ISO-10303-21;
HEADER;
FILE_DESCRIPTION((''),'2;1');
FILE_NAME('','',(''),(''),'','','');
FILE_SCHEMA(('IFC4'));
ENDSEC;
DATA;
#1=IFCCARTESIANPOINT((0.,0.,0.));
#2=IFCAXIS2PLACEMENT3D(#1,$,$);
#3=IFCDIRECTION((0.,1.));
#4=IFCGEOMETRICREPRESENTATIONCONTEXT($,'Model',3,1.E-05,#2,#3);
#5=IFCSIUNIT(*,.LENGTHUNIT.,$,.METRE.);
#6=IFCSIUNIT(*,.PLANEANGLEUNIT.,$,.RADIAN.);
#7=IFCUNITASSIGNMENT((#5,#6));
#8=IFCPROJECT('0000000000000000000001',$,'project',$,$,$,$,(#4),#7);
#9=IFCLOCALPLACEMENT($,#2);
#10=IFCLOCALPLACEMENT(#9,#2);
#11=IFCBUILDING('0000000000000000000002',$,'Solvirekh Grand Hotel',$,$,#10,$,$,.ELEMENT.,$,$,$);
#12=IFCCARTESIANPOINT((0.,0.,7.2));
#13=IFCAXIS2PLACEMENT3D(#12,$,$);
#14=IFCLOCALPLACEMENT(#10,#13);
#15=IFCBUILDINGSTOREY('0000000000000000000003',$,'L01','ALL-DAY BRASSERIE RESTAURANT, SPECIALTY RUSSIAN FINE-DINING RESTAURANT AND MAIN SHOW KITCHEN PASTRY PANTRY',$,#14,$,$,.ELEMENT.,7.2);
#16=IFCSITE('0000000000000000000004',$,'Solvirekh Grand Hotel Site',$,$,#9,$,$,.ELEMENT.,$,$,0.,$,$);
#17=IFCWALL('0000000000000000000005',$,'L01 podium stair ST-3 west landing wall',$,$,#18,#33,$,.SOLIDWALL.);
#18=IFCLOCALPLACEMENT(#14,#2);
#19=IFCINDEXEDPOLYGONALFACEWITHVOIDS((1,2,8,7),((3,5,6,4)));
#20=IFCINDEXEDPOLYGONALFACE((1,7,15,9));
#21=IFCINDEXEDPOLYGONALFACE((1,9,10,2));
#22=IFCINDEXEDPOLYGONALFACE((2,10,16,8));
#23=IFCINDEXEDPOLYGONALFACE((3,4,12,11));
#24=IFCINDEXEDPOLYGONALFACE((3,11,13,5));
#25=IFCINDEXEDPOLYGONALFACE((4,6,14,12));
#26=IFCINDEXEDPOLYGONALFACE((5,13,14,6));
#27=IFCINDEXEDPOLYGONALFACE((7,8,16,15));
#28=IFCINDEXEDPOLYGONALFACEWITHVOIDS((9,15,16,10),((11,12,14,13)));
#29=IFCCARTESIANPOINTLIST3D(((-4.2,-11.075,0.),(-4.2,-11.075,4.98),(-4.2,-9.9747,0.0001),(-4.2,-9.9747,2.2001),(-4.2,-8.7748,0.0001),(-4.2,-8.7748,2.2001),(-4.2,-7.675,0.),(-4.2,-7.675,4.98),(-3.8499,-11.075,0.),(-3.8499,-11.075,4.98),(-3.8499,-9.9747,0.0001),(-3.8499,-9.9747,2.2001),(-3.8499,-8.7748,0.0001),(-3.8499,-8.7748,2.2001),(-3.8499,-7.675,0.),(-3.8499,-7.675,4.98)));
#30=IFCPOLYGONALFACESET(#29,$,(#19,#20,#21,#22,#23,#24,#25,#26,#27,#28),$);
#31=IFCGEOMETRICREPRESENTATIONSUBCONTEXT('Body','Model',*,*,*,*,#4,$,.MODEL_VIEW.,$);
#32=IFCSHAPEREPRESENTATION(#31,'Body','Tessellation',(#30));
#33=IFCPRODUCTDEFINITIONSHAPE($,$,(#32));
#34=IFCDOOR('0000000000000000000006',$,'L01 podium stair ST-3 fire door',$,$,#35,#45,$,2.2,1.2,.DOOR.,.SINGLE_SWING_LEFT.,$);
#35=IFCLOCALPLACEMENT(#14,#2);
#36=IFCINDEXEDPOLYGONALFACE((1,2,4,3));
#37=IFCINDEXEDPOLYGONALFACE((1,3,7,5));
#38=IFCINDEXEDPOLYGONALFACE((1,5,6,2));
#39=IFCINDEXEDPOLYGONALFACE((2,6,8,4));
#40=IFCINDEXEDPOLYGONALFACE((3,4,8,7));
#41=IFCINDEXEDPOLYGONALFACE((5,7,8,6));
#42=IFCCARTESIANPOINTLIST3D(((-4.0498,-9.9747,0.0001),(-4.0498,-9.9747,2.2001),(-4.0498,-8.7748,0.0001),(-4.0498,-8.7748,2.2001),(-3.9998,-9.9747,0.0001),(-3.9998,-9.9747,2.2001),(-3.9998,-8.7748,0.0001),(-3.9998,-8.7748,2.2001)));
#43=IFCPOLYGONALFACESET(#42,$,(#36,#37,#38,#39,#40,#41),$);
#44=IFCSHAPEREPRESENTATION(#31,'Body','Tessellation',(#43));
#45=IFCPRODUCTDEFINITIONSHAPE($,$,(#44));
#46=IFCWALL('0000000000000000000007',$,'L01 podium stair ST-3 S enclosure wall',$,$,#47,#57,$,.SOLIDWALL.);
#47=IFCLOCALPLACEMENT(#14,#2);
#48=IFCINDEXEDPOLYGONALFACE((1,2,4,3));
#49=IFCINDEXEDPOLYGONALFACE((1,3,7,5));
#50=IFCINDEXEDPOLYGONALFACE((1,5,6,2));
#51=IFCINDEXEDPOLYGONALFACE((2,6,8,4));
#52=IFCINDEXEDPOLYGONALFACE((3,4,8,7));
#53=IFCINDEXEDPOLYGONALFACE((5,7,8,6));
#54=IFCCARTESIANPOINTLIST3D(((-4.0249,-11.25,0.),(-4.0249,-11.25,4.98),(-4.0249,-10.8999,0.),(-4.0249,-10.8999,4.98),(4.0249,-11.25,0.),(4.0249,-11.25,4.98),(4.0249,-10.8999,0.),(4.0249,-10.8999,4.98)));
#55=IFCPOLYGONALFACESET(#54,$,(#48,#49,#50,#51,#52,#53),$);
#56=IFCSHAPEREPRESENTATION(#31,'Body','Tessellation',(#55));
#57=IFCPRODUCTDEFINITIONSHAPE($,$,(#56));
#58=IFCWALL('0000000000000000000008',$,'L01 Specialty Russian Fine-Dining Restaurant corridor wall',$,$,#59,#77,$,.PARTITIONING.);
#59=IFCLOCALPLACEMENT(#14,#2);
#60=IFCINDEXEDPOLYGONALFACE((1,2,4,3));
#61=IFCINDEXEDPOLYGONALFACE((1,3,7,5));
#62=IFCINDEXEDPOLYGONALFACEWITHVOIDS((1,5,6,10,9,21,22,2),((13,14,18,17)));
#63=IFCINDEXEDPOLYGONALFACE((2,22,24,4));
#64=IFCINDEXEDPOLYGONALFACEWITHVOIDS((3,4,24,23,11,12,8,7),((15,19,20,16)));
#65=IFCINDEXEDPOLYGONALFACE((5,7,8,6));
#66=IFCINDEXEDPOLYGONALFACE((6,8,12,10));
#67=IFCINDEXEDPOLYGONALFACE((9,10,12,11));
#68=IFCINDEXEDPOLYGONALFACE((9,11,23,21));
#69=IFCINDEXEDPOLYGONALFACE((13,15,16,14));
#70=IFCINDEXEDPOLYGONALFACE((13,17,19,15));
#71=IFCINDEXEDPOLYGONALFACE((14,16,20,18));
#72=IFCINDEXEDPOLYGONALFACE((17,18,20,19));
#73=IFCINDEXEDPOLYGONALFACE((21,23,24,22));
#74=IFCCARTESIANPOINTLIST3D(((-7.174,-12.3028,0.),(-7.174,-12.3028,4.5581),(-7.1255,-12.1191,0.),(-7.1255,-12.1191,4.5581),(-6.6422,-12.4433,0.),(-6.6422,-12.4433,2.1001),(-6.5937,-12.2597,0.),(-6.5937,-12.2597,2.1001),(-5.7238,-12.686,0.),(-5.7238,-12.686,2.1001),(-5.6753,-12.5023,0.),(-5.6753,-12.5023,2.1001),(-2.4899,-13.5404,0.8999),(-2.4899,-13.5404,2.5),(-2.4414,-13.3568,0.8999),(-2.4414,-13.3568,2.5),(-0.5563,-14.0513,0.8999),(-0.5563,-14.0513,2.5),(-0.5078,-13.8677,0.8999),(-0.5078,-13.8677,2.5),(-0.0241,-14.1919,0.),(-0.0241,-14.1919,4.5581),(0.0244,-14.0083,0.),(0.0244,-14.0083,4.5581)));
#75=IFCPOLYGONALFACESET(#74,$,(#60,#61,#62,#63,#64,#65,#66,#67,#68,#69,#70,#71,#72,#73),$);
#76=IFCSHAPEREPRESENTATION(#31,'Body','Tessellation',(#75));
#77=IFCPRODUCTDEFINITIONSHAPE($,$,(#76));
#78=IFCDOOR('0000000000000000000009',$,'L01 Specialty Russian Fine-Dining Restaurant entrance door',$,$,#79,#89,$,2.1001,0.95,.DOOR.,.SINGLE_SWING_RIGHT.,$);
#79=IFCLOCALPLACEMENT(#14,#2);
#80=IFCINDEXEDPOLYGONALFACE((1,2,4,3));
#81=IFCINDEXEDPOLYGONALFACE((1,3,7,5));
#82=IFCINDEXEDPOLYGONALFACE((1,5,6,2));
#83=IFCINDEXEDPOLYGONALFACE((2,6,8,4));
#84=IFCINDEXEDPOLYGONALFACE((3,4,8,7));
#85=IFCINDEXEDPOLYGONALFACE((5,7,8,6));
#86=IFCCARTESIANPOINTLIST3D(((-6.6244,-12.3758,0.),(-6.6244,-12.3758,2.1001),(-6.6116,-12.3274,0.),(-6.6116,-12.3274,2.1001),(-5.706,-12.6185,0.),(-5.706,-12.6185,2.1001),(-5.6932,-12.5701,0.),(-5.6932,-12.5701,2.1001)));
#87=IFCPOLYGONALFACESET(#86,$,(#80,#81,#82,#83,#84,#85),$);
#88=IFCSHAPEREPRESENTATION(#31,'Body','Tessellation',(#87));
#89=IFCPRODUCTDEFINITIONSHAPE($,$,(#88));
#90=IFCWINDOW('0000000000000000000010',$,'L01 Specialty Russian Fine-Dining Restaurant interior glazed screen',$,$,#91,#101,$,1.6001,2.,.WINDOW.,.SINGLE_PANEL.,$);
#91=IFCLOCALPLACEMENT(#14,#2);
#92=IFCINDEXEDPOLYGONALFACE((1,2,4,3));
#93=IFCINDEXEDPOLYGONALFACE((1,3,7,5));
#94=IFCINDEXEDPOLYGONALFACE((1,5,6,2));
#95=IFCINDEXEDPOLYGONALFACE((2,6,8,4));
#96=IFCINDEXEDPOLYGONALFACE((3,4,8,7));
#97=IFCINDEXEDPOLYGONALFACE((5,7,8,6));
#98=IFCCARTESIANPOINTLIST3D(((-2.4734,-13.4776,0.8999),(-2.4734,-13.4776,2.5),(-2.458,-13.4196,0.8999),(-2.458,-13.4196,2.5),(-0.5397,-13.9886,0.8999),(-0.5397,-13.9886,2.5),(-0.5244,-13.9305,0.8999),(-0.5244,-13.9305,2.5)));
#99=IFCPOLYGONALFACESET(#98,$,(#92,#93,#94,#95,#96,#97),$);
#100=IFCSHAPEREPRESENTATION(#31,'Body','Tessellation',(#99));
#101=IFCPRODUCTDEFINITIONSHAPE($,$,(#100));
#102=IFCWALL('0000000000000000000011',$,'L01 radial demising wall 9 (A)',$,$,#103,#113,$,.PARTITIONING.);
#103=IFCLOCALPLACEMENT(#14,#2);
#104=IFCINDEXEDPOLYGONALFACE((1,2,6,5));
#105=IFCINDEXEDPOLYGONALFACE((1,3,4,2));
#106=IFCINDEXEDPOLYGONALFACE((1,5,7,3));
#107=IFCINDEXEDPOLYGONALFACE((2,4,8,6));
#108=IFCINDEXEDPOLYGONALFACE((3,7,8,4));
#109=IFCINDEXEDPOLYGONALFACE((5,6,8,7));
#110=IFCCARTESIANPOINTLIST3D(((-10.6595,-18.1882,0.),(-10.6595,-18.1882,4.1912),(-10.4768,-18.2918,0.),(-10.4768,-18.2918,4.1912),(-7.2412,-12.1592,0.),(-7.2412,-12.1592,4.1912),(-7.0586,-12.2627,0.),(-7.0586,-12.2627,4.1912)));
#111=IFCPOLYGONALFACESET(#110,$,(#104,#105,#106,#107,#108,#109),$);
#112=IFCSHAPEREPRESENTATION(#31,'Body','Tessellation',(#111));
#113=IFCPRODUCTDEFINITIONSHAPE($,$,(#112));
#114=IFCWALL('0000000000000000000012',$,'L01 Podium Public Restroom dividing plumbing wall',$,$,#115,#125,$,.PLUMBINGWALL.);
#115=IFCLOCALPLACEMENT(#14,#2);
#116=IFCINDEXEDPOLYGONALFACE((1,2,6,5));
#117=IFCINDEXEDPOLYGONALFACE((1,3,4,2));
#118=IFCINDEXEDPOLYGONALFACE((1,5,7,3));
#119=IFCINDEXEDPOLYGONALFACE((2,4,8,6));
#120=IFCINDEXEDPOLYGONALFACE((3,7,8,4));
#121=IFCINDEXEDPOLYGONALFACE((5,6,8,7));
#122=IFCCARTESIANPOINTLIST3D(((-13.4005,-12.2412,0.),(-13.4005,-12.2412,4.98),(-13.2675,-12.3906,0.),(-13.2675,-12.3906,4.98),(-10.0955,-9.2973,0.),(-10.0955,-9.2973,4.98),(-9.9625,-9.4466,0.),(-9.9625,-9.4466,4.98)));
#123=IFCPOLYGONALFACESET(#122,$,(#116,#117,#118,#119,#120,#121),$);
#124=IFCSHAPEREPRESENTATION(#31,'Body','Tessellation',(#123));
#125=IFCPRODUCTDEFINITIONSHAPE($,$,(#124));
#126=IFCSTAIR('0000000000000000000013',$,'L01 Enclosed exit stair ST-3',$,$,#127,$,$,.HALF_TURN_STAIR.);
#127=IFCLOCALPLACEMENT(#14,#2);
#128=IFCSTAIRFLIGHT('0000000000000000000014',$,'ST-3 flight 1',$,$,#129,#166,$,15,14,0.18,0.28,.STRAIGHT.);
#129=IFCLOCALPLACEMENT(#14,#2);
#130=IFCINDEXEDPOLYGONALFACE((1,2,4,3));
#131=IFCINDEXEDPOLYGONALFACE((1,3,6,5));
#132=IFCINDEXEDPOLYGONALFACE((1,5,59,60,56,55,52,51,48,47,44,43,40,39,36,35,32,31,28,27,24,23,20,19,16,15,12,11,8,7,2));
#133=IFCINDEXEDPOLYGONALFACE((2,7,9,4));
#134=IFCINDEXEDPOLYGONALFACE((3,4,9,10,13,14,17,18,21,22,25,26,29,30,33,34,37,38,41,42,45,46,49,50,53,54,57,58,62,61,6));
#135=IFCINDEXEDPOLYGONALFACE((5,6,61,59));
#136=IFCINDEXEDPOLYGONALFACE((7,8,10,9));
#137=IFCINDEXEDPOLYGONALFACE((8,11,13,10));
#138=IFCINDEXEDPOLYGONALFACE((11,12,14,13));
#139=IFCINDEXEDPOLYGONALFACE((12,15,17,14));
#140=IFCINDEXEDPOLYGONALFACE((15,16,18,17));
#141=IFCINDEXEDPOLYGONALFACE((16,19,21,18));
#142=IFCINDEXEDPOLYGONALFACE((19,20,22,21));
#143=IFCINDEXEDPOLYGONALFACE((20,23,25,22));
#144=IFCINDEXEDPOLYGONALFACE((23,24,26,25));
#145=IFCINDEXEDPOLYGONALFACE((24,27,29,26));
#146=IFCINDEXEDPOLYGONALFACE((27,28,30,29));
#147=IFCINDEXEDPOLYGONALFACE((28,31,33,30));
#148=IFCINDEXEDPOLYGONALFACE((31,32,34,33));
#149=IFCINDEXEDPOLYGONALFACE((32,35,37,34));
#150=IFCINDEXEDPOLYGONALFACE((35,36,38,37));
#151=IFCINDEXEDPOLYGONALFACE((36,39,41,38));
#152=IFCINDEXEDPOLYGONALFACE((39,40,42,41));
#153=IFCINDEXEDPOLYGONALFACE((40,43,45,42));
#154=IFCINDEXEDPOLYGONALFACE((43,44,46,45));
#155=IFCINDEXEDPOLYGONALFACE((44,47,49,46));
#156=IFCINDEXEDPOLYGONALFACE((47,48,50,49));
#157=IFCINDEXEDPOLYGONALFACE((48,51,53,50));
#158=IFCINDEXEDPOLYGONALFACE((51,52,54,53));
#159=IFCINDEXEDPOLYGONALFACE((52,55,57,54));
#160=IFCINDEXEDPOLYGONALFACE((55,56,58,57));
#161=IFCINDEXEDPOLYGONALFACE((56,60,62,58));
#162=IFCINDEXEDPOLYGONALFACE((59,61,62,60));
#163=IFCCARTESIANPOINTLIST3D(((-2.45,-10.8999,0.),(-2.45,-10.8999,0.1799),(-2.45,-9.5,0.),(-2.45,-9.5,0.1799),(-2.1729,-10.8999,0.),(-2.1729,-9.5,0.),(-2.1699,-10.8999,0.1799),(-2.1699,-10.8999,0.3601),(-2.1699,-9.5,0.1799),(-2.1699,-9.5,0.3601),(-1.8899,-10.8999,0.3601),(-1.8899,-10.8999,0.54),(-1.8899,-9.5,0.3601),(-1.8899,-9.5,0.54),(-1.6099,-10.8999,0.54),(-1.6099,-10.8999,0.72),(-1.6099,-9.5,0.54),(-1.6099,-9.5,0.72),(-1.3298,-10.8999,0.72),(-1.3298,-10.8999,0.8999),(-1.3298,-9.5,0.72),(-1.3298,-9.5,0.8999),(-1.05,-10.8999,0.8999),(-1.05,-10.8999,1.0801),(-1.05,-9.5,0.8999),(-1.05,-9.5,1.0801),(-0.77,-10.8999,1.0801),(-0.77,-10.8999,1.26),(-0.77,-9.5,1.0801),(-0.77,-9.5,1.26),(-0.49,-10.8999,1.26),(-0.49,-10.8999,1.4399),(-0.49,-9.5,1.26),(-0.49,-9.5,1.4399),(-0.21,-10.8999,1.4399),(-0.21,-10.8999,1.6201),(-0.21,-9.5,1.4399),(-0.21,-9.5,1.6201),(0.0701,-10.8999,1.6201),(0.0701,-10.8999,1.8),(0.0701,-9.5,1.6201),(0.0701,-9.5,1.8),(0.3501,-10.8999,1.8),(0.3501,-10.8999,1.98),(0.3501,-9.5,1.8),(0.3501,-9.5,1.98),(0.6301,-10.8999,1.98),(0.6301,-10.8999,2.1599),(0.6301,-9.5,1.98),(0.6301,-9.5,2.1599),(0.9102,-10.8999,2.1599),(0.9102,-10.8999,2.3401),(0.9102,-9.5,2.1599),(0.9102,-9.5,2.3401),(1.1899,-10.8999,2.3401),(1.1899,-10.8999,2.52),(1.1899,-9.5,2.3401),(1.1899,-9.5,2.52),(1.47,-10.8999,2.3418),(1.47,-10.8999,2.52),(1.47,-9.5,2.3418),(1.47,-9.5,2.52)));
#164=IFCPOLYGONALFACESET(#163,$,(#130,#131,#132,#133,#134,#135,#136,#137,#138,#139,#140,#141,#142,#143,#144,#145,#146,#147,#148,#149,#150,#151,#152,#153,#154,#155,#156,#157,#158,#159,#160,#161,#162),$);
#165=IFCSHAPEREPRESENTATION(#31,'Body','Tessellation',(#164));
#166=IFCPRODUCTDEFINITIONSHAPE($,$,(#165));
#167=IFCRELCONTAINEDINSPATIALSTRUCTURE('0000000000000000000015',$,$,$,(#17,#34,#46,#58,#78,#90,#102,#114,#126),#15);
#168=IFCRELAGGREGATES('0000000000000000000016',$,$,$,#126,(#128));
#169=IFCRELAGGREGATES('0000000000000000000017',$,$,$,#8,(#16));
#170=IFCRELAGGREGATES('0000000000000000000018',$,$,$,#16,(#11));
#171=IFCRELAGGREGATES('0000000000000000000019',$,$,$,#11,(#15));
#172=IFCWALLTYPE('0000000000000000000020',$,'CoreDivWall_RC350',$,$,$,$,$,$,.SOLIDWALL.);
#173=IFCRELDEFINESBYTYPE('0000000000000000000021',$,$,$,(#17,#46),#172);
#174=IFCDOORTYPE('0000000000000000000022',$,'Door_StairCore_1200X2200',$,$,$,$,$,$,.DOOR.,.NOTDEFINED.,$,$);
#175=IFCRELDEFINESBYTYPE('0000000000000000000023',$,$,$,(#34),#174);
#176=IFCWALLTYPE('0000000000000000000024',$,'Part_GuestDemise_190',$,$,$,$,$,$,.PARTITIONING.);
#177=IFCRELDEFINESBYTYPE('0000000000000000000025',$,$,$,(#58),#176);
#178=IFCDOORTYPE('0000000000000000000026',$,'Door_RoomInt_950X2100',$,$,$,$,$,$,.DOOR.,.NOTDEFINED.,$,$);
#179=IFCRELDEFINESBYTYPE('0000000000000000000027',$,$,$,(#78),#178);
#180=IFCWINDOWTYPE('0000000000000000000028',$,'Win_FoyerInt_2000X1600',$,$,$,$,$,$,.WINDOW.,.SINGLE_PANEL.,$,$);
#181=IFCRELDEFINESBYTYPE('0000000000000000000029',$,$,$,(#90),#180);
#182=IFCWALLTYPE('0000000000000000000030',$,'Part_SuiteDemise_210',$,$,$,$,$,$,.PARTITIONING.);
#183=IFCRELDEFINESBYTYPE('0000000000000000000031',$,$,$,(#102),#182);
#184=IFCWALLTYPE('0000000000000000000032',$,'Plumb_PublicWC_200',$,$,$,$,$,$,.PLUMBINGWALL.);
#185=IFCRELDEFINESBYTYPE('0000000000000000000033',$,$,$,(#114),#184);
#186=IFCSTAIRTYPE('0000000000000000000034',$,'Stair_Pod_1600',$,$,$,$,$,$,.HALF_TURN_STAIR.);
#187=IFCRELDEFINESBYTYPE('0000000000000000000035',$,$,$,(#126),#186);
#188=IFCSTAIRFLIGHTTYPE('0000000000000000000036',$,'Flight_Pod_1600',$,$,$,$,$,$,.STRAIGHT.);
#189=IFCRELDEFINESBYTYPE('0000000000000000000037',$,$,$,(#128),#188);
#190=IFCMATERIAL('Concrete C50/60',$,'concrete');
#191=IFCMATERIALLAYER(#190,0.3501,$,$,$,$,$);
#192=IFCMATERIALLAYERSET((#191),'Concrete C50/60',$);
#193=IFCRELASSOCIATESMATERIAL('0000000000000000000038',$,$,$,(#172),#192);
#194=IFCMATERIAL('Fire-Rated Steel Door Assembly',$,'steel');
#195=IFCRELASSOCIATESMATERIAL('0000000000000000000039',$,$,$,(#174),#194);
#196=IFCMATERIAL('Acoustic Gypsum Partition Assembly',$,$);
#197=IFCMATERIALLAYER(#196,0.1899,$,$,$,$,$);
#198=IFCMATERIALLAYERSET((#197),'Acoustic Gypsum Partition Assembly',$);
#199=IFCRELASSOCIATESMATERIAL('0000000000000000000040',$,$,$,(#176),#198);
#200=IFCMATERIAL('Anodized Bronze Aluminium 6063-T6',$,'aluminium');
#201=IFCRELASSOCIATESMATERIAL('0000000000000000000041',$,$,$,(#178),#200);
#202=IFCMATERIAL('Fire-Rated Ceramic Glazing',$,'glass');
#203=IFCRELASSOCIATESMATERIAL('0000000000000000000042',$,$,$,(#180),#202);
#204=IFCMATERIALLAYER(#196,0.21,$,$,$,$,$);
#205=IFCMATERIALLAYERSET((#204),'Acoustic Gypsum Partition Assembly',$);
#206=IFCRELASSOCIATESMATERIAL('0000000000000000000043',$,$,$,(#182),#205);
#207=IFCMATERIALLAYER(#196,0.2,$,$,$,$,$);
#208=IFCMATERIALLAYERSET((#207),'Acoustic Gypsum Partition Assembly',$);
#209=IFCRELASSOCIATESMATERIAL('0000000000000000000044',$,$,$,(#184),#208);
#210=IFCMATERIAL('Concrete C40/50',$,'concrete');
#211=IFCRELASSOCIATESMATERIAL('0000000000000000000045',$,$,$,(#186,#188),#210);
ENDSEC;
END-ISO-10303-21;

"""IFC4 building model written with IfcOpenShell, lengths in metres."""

from ifc_helpers import new_model, si_unit, direction, frame, frame_2d, origin, place, context, subcontext, project, spatial, polyline, rectangle, outline, extrude, material, layer, layer_set, type_object, element, fill, aggregate, save


model = new_model("IFC4")

# Units and contexts
model_context = context("Model", 3, precision=1e-05, world=origin(), true_north=direction((0.0, 1.0)))
body_context = subcontext(model_context, "Body", "Model", "MODEL_VIEW")
ifc_project = project(units=[si_unit("LENGTHUNIT", "METRE"), si_unit("PLANEANGLEUNIT", "RADIAN")], contexts=[model_context])

# Site, building, storey
site_placement = place(None, origin())
site = spatial("IfcSite", under=ifc_project, at=site_placement, Name="Solvirekh Grand Hotel Site", CompositionType="ELEMENT", RefElevation=0.0)
building_placement = place(site_placement, origin())
building = spatial("IfcBuilding", under=site, at=building_placement, Name="Solvirekh Grand Hotel", CompositionType="ELEMENT")
storey_placement = place(building_placement, frame((0.0, 0.0, 7.2)))
storey = spatial("IfcBuildingStorey", under=building, at=storey_placement, Name="L01", Description="ALL-DAY BRASSERIE RESTAURANT, SPECIALTY RUSSIAN FINE-DINING RESTAURANT AND MAIN SHOW KITCHEN PASTRY PANTRY", CompositionType="ELEMENT", Elevation=7.2)

# Shared definitions
ifc_material_1 = material(Name="Anodized Bronze Aluminium 6063-T6", Category="aluminium")

# Wall, opening, door
ifc_material_2 = material(Name="Concrete C50/60", Category="concrete")
ifc_layer_1 = layer(ifc_material_2, 0.3501)
ifc_layer_set_1 = layer_set([ifc_layer_1], Name="Concrete C50/60")
wall_type_1 = type_object("IfcWallType", Name="CoreDivWall_RC350", PredefinedType="SOLIDWALL", material=ifc_layer_set_1)
wall_1_placement = place(storey_placement, frame((-4.0249, -11.075, 0.0), z_axis=(0.0, 0.0, 1.0), x_axis=(0.0, 1.0, 0.0)))
wall_1 = element("IfcWall", 1, at=wall_1_placement, inside=storey, type_object=wall_type_1, Name="L01 podium stair ST-3 west landing wall", PredefinedType="SOLIDWALL", context=body_context, shape_type="SweptSolid", body=[
    extrude(rectangle(XDim=3.3999, YDim=0.3501, at=frame_2d((1.7, 0.0))), origin(), (0.0, 0.0, 1.0), 4.98),
])
opening_1_placement = place(wall_1_placement, frame((1.1001, 0.0, 0.0)))
opening_1 = element("IfcOpeningElement", 2, at=opening_1_placement, cuts=wall_1, PredefinedType="OPENING", context=body_context, shape_type="SweptSolid", body=[
    extrude(rectangle(XDim=1.2, YDim=2.2, at=frame_2d((0.6001, 1.1001))), frame((0.0, 0.1851, 0.0), z_axis=(0.0, -1.0, 0.0), x_axis=(1.0, 0.0, 0.0)), (0.0, 0.0, 1.0), 0.3701),
])
ifc_material_3 = material(Name="Fire-Rated Steel Door Assembly", Category="steel")
door_type_1 = type_object("IfcDoorType", Name="Door_StairCore_1200X2200", OperationType="NOTDEFINED", PredefinedType="DOOR", material=ifc_material_3)
door_1_placement = place(opening_1_placement, origin())
door_1 = element("IfcDoor", 3, at=door_1_placement, inside=storey, type_object=door_type_1, Name="L01 podium stair ST-3 fire door", OperationType="SINGLE_SWING_LEFT", OverallHeight=2.2, OverallWidth=1.2, PredefinedType="DOOR", context=body_context, shape_type="SweptSolid", body=[
    extrude(rectangle(XDim=1.2, YDim=2.2, at=frame_2d((0.6001, 1.1001))), frame((0.0, 0.0249, 0.0), z_axis=(0.0, -1.0, 0.0), x_axis=(1.0, 0.0, 0.0)), (0.0, 0.0, 1.0), 0.05),
])
fill(opening_1, door_1)

# Wall
wall_2_placement = place(storey_placement, frame((-4.0249, -11.075, 0.0), z_axis=(0.0, 0.0, 1.0), x_axis=(1.0, 0.0, 0.0)))
element("IfcWall", 4, at=wall_2_placement, inside=storey, type_object=wall_type_1, Name="L01 podium stair ST-3 S enclosure wall", PredefinedType="SOLIDWALL", context=body_context, shape_type="SweptSolid", body=[
    extrude(rectangle(XDim=8.0498, YDim=0.3501, at=frame_2d((4.0249, 0.0))), origin(), (0.0, 0.0, 1.0), 4.98),
])

# Wall, openings, door, window
ifc_material_4 = material(Name="Acoustic Gypsum Partition Assembly")
ifc_layer_2 = layer(ifc_material_4, 0.1899)
ifc_layer_set_2 = layer_set([ifc_layer_2], Name="Acoustic Gypsum Partition Assembly")
wall_type_2 = type_object("IfcWallType", Name="Part_GuestDemise_190", PredefinedType="PARTITIONING", material=ifc_layer_set_2)
wall_3_placement = place(storey_placement, frame((-7.1499, -12.2109, 0.0), z_axis=(0.0, 0.0, 1.0), x_axis=(0.966821, -0.255455, 0.0)))
wall_3 = element("IfcWall", 5, at=wall_3_placement, inside=storey, type_object=wall_type_2, Name="L01 Specialty Russian Fine-Dining Restaurant corridor wall", PredefinedType="PARTITIONING", context=body_context, shape_type="SweptSolid", body=[
    extrude(rectangle(XDim=7.3953, YDim=0.1899, at=frame_2d((3.6978, 0.0))), origin(), (0.0, 0.0, 1.0), 4.5581),
])
opening_2_placement = place(wall_3_placement, frame((0.55, 0.0, 0.0)))
opening_2 = element("IfcOpeningElement", 6, at=opening_2_placement, cuts=wall_3, PredefinedType="OPENING", context=body_context, shape_type="SweptSolid", body=[
    extrude(rectangle(XDim=0.95, YDim=2.1001, at=frame_2d((0.4751, 1.05))), frame((0.0, 0.105, 0.0), z_axis=(0.0, -1.0, 0.0), x_axis=(1.0, 0.0, 0.0)), (0.0, 0.0, 1.0), 0.21),
])
opening_3_placement = place(wall_3_placement, frame((4.845, 0.0, 0.8999)))
opening_3 = element("IfcOpeningElement", 7, at=opening_3_placement, cuts=wall_3, PredefinedType="OPENING", context=body_context, shape_type="SweptSolid", body=[
    extrude(rectangle(XDim=2.0, YDim=1.6001, at=frame_2d((1.0, 0.8))), frame((0.0, 0.105, 0.0), z_axis=(0.0, -1.0, 0.0), x_axis=(1.0, 0.0, 0.0)), (0.0, 0.0, 1.0), 0.21),
])
door_type_2 = type_object("IfcDoorType", Name="Door_RoomInt_950X2100", OperationType="NOTDEFINED", PredefinedType="DOOR", material=ifc_material_1)
door_2_placement = place(opening_2_placement, origin())
door_2 = element("IfcDoor", 8, at=door_2_placement, inside=storey, type_object=door_type_2, Name="L01 Specialty Russian Fine-Dining Restaurant entrance door", OperationType="SINGLE_SWING_RIGHT", OverallHeight=2.1001, OverallWidth=0.95, PredefinedType="DOOR", context=body_context, shape_type="SweptSolid", body=[
    extrude(rectangle(XDim=0.95, YDim=2.1001, at=frame_2d((0.4751, 1.05))), frame((0.0, 0.0249, 0.0), z_axis=(0.0, -1.0, 0.0), x_axis=(1.0, 0.0, 0.0)), (0.0, 0.0, 1.0), 0.05),
])
fill(opening_2, door_2)
ifc_material_5 = material(Name="Fire-Rated Ceramic Glazing", Category="glass")
window_type = type_object("IfcWindowType", Name="Win_FoyerInt_2000X1600", PartitioningType="SINGLE_PANEL", PredefinedType="WINDOW", material=ifc_material_5)
window_placement = place(opening_3_placement, origin())
window = element("IfcWindow", 9, at=window_placement, inside=storey, type_object=window_type, Name="L01 Specialty Russian Fine-Dining Restaurant interior glazed screen", OverallHeight=1.6001, OverallWidth=2.0, PartitioningType="SINGLE_PANEL", PredefinedType="WINDOW", context=body_context, shape_type="SweptSolid", body=[
    extrude(rectangle(XDim=2.0, YDim=1.6001, at=frame_2d((1.0, 0.8))), frame((0.0, 0.03, 0.0), z_axis=(0.0, -1.0, 0.0), x_axis=(1.0, 0.0, 0.0)), (0.0, 0.0, 1.0), 0.0601),
])
fill(opening_3, window)

# Walls
ifc_layer_3 = layer(ifc_material_4, 0.21)
ifc_layer_set_3 = layer_set([ifc_layer_3], Name="Acoustic Gypsum Partition Assembly")
wall_type_3 = type_object("IfcWallType", Name="Part_SuiteDemise_210", PredefinedType="PARTITIONING", material=ifc_layer_set_3)
wall_4_placement = place(storey_placement, frame((-7.1499, -12.2109, 0.0), z_axis=(0.0, 0.0, 1.0), x_axis=(-0.493204, -0.869914, 0.0)))
element("IfcWall", 10, at=wall_4_placement, inside=storey, type_object=wall_type_3, Name="L01 radial demising wall 9 (A)", PredefinedType="PARTITIONING", context=body_context, shape_type="SweptSolid", body=[
    extrude(rectangle(XDim=6.9307, YDim=0.21, at=frame_2d((3.4653, 0.0))), origin(), (0.0, 0.0, 1.0), 4.1912),
])
ifc_layer_4 = layer(ifc_material_4, 0.2)
ifc_layer_set_4 = layer_set([ifc_layer_4], Name="Acoustic Gypsum Partition Assembly")
wall_type_4 = type_object("IfcWallType", Name="Plumb_PublicWC_200", PredefinedType="PLUMBINGWALL", material=ifc_layer_set_4)
wall_5_placement = place(storey_placement, frame((-10.0291, -9.3721, 0.0), z_axis=(0.0, 0.0, 1.0), x_axis=(-0.746721, -0.665137, 0.0)))
element("IfcWall", 11, at=wall_5_placement, inside=storey, type_object=wall_type_4, Name="L01 Podium Public Restroom dividing plumbing wall", PredefinedType="PLUMBINGWALL", context=body_context, shape_type="SweptSolid", body=[
    extrude(rectangle(XDim=4.426, YDim=0.2, at=frame_2d((2.2129, 0.0))), origin(), (0.0, 0.0, 1.0), 4.98),
])

# Stair, stair flight
ifc_material_6 = material(Name="Concrete C40/50", Category="concrete")
stair_type = type_object("IfcStairType", Name="Stair_Pod_1600", PredefinedType="HALF_TURN_STAIR", material=ifc_material_6)
stair_placement = place(storey_placement, origin())
stair = element("IfcStair", 12, at=stair_placement, inside=storey, type_object=stair_type, Name="L01 Enclosed exit stair ST-3", PredefinedType="HALF_TURN_STAIR")
stair_flight_type = type_object("IfcStairFlightType", Name="Flight_Pod_1600", PredefinedType="STRAIGHT", material=ifc_material_6)
stair_flight_placement = place(storey_placement, frame((-2.45, -10.2, 0.0), z_axis=(0.0, 0.0, 1.0), x_axis=(1.0, 0.0, 0.0)))
stair_flight = element("IfcStairFlight", 13, at=stair_flight_placement, type_object=stair_flight_type, Name="ST-3 flight 1", NumberOfRisers=15, NumberOfTreads=14, PredefinedType="STRAIGHT", RiserHeight=0.18, TreadLength=0.28, context=body_context, shape_type="SweptSolid", body=[
    extrude(outline(polyline([(0.0, 0.0), (0.0, 0.1799), (0.28, 0.1799), (0.28, 0.3601), (0.5601, 0.3601), (0.5601, 0.54), (0.8401, 0.54), (0.8401, 0.72), (1.1201, 0.72), (1.1201, 0.8999), (1.3999, 0.8999), (1.3999, 1.0801), (1.6799, 1.0801), (1.6799, 1.26), (1.96, 1.26), (1.96, 1.4399), (2.24, 1.4399), (2.24, 1.6201), (2.52, 1.6201), (2.52, 1.8), (2.8, 1.8), (2.8, 1.98), (3.0801, 1.98), (3.0801, 2.1599), (3.3601, 2.1599), (3.3601, 2.3401), (3.6399, 2.3401), (3.6399, 2.52), (3.9199, 2.52), (3.9199, 2.7), (3.9199, 2.3418), (0.2771, 0.0), (0.0, 0.0)])), frame((0.0, 0.7, 0.0), z_axis=(0.0, -1.0, 0.0), x_axis=(1.0, 0.0, 0.0)), (0.0, 0.0, 1.0), 1.3999),
])
aggregate(stair, [stair_flight])

save(model, "model.ifc")
